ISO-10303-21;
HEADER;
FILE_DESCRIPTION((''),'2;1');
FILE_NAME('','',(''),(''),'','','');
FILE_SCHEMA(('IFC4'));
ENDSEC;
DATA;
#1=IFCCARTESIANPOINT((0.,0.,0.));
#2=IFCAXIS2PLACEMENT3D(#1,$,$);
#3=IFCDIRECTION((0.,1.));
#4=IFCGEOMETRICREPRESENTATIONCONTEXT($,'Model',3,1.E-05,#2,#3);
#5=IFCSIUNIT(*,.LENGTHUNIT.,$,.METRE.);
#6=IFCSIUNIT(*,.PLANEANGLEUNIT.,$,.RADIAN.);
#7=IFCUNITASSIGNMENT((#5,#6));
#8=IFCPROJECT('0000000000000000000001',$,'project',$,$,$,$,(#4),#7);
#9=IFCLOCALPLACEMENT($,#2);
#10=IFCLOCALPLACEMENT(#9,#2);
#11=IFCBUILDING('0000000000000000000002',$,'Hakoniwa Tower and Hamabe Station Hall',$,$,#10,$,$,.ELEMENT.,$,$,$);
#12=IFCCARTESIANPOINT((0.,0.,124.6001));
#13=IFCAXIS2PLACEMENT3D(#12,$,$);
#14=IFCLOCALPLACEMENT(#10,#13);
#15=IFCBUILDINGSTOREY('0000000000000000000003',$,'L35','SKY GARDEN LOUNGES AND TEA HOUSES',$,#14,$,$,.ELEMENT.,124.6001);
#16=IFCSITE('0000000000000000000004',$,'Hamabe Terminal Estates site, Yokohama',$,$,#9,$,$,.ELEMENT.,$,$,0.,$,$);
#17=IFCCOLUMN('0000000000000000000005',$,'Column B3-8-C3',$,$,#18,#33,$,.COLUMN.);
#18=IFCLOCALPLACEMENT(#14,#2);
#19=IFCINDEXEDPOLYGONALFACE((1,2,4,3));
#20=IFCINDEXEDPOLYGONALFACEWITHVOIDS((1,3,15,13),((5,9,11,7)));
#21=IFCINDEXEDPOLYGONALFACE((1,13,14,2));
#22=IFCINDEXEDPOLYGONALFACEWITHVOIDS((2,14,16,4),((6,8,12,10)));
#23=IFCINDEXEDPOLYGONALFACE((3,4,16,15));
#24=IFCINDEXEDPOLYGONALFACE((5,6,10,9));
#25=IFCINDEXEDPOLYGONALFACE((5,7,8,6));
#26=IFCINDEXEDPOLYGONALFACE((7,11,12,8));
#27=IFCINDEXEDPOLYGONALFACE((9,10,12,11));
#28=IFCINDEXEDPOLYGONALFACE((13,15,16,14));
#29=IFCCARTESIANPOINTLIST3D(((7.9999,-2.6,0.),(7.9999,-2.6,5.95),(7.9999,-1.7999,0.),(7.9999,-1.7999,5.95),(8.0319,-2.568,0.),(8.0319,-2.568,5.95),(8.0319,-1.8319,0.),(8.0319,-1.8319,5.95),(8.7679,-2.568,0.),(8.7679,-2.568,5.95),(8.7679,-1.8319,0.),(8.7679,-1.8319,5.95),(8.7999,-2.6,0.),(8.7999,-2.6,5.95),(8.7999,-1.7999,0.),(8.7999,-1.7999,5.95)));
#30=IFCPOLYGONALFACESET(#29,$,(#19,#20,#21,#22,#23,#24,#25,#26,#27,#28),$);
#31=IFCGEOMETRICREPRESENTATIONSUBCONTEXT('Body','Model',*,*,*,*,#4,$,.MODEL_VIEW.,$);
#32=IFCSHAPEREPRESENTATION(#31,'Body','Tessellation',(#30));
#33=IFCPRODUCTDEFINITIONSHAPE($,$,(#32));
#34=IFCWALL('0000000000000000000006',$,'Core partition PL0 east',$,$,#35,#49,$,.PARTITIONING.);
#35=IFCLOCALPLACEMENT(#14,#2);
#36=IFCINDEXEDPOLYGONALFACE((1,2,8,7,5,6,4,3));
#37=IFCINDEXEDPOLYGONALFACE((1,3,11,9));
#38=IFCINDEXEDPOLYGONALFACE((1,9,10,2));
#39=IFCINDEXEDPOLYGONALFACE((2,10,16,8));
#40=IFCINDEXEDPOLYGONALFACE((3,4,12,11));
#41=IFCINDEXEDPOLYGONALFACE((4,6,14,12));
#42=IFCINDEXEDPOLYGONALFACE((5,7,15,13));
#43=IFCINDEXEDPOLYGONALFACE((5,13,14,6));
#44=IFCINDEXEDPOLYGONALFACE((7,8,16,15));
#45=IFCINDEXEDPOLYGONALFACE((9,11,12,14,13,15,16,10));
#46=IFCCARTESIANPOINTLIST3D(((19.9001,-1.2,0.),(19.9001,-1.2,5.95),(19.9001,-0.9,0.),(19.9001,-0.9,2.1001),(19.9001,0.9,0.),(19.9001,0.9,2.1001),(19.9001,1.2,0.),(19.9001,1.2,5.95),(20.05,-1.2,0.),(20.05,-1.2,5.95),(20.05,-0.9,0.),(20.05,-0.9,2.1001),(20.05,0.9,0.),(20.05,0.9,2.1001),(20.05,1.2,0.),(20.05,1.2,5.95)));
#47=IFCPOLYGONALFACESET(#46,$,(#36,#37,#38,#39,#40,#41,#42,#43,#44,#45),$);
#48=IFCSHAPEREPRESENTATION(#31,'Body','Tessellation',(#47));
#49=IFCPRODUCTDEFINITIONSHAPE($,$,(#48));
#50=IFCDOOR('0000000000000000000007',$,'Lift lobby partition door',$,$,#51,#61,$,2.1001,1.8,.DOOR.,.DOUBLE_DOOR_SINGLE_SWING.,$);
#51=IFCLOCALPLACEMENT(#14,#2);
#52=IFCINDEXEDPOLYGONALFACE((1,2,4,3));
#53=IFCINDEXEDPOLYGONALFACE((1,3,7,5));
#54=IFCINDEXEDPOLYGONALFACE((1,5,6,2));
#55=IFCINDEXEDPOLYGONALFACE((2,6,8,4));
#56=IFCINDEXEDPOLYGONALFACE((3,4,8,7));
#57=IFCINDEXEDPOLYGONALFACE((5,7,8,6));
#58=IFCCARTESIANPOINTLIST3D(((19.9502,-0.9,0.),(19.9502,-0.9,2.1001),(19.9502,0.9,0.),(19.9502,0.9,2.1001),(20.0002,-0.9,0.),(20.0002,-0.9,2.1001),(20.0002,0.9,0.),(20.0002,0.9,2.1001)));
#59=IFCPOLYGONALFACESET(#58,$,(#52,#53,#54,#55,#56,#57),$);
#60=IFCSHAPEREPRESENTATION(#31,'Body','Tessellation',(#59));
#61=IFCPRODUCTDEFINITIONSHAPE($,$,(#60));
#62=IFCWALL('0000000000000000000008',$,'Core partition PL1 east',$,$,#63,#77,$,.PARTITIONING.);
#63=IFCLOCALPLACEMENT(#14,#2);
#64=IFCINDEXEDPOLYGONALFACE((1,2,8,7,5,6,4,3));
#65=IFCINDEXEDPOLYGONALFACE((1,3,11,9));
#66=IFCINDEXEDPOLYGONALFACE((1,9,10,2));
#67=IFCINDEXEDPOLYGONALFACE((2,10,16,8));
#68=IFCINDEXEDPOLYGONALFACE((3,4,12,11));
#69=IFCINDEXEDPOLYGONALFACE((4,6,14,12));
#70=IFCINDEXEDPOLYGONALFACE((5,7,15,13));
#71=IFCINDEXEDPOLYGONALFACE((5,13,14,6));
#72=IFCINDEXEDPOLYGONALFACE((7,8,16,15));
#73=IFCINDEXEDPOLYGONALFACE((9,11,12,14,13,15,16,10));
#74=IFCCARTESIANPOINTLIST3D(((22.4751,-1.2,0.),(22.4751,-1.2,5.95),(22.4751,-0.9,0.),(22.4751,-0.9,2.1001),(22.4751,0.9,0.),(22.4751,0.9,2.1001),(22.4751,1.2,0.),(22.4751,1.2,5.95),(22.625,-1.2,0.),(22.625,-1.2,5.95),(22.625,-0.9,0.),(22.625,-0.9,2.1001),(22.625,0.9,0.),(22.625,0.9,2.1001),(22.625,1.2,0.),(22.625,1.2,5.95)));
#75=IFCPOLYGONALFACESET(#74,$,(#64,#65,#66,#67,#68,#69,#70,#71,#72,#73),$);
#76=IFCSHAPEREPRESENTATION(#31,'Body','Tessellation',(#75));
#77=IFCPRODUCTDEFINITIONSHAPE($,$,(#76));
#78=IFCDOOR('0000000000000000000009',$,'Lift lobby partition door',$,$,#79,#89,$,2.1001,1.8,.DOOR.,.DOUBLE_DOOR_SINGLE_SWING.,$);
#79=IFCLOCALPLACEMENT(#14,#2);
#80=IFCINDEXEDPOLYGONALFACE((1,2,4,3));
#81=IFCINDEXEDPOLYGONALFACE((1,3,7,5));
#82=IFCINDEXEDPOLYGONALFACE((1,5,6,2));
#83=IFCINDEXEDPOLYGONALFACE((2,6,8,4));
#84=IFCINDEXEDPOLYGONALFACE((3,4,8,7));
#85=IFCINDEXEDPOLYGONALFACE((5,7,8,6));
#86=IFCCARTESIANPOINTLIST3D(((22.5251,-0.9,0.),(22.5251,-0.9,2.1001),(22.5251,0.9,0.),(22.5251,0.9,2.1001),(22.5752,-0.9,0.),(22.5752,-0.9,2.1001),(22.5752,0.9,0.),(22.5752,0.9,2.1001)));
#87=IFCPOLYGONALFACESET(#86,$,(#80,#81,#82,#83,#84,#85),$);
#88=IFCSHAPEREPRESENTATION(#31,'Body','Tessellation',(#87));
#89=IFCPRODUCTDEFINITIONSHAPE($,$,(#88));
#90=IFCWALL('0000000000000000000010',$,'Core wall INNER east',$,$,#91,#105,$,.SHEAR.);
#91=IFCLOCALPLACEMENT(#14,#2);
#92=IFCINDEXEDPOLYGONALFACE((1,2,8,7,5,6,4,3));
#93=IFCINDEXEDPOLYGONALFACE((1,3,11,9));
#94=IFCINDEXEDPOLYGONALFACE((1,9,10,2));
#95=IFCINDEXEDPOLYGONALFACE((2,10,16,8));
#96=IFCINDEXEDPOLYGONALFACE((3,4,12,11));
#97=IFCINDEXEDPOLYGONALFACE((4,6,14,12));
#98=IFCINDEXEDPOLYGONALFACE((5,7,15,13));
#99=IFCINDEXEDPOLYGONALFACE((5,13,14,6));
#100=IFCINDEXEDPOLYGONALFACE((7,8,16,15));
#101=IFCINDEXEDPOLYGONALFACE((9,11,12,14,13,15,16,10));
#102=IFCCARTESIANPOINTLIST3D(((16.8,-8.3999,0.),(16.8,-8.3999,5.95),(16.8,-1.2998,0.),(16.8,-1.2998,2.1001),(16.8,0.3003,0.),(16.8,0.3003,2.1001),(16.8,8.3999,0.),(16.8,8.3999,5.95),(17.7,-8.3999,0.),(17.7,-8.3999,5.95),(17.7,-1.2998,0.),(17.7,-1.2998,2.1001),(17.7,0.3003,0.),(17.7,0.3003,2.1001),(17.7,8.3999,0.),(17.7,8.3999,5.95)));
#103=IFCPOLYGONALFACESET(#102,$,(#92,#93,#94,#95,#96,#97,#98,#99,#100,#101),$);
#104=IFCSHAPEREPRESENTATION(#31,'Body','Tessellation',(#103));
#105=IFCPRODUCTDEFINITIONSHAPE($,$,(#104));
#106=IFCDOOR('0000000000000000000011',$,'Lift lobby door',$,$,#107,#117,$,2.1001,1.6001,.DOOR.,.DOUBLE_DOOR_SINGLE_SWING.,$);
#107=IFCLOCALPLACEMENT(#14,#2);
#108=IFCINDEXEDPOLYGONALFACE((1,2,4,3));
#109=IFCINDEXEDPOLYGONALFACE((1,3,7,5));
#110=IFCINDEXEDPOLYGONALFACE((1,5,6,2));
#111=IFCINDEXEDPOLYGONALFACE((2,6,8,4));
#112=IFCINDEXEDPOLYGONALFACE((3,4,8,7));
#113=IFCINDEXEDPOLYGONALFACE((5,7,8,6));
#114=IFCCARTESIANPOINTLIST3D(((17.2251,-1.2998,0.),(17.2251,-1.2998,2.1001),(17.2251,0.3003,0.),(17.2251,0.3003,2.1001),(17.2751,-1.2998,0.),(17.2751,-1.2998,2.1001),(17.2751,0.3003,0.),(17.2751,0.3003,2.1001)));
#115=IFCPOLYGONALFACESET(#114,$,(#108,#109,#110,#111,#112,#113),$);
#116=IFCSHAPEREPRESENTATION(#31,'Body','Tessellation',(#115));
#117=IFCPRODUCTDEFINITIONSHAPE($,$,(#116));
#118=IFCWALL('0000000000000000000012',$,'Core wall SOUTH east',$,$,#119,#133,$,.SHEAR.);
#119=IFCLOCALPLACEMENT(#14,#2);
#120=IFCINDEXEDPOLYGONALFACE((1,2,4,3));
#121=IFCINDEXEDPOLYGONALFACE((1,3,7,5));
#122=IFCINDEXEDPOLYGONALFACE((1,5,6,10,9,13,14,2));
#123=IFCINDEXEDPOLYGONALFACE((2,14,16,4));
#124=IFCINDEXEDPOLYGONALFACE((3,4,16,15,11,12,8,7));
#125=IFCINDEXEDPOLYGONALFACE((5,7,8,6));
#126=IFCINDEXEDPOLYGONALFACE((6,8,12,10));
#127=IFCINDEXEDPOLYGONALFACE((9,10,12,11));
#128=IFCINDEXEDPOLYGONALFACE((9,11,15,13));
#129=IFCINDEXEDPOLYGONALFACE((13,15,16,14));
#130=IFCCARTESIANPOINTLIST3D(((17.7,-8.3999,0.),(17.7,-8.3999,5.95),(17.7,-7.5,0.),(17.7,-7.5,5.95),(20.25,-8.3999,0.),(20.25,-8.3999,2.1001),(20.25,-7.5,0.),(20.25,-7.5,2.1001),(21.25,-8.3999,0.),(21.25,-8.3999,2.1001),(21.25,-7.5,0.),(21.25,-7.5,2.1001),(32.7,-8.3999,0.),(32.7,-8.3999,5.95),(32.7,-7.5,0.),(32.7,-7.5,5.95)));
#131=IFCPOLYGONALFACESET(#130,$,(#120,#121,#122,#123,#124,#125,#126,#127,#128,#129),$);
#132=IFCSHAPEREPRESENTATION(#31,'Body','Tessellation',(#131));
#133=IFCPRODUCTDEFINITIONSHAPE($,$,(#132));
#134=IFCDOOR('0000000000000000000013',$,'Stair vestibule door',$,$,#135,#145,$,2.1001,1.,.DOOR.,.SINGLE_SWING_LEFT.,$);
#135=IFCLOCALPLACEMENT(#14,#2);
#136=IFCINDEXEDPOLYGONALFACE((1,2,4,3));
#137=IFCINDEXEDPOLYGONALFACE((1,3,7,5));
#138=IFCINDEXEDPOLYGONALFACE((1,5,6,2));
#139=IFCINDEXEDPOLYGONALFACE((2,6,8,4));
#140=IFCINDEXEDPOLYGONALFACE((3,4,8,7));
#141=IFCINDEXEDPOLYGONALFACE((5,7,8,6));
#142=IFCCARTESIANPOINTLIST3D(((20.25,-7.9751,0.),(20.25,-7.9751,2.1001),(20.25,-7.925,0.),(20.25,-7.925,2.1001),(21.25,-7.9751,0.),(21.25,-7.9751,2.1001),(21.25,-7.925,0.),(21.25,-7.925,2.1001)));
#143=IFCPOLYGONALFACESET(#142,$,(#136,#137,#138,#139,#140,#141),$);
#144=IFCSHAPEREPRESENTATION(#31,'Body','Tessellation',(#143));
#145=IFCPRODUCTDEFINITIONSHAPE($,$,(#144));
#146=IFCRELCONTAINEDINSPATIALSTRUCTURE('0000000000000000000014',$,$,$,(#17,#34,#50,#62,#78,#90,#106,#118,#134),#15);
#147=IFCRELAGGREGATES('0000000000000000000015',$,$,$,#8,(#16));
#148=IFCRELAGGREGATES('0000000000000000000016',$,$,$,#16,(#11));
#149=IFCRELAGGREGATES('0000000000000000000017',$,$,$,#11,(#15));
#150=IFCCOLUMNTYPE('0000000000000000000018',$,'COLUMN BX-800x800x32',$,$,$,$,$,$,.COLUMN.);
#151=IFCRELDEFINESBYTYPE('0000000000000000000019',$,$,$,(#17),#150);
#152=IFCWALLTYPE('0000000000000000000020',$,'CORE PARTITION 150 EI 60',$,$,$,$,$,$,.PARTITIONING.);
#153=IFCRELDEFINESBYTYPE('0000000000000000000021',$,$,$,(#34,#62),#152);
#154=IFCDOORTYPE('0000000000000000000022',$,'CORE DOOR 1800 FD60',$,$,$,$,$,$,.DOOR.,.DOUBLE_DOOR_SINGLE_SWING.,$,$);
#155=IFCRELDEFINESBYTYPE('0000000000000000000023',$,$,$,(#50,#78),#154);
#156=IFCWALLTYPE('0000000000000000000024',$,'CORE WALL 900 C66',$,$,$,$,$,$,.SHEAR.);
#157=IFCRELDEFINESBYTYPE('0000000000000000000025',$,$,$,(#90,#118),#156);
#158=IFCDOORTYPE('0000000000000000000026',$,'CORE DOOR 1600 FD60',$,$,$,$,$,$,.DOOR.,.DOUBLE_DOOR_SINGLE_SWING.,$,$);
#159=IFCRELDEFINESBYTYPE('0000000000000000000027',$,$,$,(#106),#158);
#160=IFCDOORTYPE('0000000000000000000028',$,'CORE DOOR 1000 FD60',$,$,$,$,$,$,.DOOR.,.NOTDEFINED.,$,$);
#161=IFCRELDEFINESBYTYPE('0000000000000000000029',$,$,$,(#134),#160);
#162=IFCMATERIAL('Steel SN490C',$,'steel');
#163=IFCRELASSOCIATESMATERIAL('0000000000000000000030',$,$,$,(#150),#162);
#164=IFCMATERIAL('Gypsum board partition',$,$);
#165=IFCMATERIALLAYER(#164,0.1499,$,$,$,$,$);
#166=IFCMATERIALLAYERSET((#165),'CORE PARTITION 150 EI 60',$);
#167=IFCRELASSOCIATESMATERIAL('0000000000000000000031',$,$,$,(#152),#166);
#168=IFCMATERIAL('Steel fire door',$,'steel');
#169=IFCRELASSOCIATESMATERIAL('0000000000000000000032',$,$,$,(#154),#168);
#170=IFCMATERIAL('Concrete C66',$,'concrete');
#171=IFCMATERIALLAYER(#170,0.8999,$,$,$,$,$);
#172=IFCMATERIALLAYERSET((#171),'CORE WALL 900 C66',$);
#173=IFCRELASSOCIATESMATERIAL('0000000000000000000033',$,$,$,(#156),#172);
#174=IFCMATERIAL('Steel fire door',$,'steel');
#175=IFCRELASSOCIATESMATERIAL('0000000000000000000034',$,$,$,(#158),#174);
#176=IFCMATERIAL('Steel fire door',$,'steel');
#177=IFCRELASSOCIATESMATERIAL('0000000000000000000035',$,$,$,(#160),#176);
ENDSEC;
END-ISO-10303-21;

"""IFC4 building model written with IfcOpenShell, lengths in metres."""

from ifc_helpers import new_model, si_unit, direction, frame, frame_2d, origin, origin_2d, place, context, subcontext, project, spatial, rectangle, hollow_rectangle, extrude, material, layer, layer_set, material_profile, profile_set, type_object, element, fill, save


model = new_model("IFC4")

# Units and contexts
model_context = context("Model", 3, precision=1e-05, world=origin(), true_north=direction((0.0, 1.0)))
body_context = subcontext(model_context, "Body", "Model", "MODEL_VIEW")
ifc_project = project(units=[si_unit("LENGTHUNIT", "METRE"), si_unit("PLANEANGLEUNIT", "RADIAN")], contexts=[model_context])

# Site, building, storey
site_placement = place(None, origin())
site = spatial("IfcSite", under=ifc_project, at=site_placement, Name="Hamabe Terminal Estates site, Yokohama", CompositionType="ELEMENT", RefElevation=0.0)
building_placement = place(site_placement, origin())
building = spatial("IfcBuilding", under=site, at=building_placement, Name="Hakoniwa Tower and Hamabe Station Hall", CompositionType="ELEMENT")
storey_placement = place(building_placement, frame((0.0, 0.0, 124.6001)))
storey = spatial("IfcBuildingStorey", under=building, at=storey_placement, Name="L35", Description="SKY GARDEN LOUNGES AND TEA HOUSES", CompositionType="ELEMENT", Elevation=124.6001)

# Column
ifc_material_1 = material(Name="Steel SN490C", Category="steel")
ifc_material_profile = material_profile(ifc_material_1, hollow_rectangle(XDim=0.8, YDim=0.8, WallThickness=0.032, at=origin_2d()), Name="BX-800x800x32")
ifc_profile_set = profile_set([ifc_material_profile], Name="Steel SN490C")
column_type = type_object("IfcColumnType", Name="COLUMN BX-800x800x32", PredefinedType="COLUMN", material=ifc_profile_set)
column_placement = place(storey_placement, frame((8.3999, -2.2, 0.0), z_axis=(0.0, 0.0, 1.0), x_axis=(1.0, 0.0, 0.0)))
element("IfcColumn", 1, at=column_placement, inside=storey, type_object=column_type, Name="Column B3-8-C3", PredefinedType="COLUMN", context=body_context, shape_type="SweptSolid", body=[
    extrude(hollow_rectangle(XDim=0.8, YDim=0.8, WallThickness=0.032, at=origin_2d()), origin(), (0.0, 0.0, 1.0), 5.95),
])

# Walls, openings, doors
ifc_material_2 = material(Name="Gypsum board partition")
ifc_layer_1 = layer(ifc_material_2, 0.1499)
ifc_layer_set_1 = layer_set([ifc_layer_1], Name="CORE PARTITION 150 EI 60")
wall_type_1 = type_object("IfcWallType", Name="CORE PARTITION 150 EI 60", PredefinedType="PARTITIONING", material=ifc_layer_set_1)
wall_1_placement = place(storey_placement, frame((19.9751, -1.2, 0.0), z_axis=(0.0, 0.0, 1.0), x_axis=(0.0, 1.0, 0.0)))
wall_1 = element("IfcWall", 2, at=wall_1_placement, inside=storey, type_object=wall_type_1, Name="Core partition PL0 east", PredefinedType="PARTITIONING", context=body_context, shape_type="SweptSolid", body=[
    extrude(rectangle(XDim=2.3999, YDim=0.1499, at=frame_2d((1.2, 0.0))), origin(), (0.0, 0.0, 1.0), 5.95),
])
opening_1_placement = place(wall_1_placement, frame((0.3, 0.0, 0.0)))
opening_1 = element("IfcOpeningElement", 3, at=opening_1_placement, cuts=wall_1, PredefinedType="OPENING", context=body_context, shape_type="SweptSolid", body=[
    extrude(rectangle(XDim=1.8, YDim=2.1001, at=frame_2d((0.8999, 1.05))), frame((0.0, 0.085, 0.0), z_axis=(0.0, -1.0, 0.0), x_axis=(1.0, 0.0, 0.0)), (0.0, 0.0, 1.0), 0.1699),
])
ifc_material_3 = material(Name="Steel fire door", Category="steel")
door_type_1 = type_object("IfcDoorType", Name="CORE DOOR 1800 FD60", OperationType="DOUBLE_DOOR_SINGLE_SWING", PredefinedType="DOOR", material=ifc_material_3)
door_1_placement = place(opening_1_placement, origin())
door_1 = element("IfcDoor", 4, at=door_1_placement, inside=storey, type_object=door_type_1, Name="Lift lobby partition door", OperationType="DOUBLE_DOOR_SINGLE_SWING", OverallHeight=2.1001, OverallWidth=1.8, PredefinedType="DOOR", context=body_context, shape_type="SweptSolid", body=[
    extrude(rectangle(XDim=1.8, YDim=2.1001, at=frame_2d((0.8999, 1.05))), frame((0.0, 0.0249, 0.0), z_axis=(0.0, -1.0, 0.0), x_axis=(1.0, 0.0, 0.0)), (0.0, 0.0, 1.0), 0.05),
])
fill(opening_1, door_1)
wall_2_placement = place(storey_placement, frame((22.55, -1.2, 0.0), z_axis=(0.0, 0.0, 1.0), x_axis=(0.0, 1.0, 0.0)))
wall_2 = element("IfcWall", 5, at=wall_2_placement, inside=storey, type_object=wall_type_1, Name="Core partition PL1 east", PredefinedType="PARTITIONING", context=body_context, shape_type="SweptSolid", body=[
    extrude(rectangle(XDim=2.3999, YDim=0.1499, at=frame_2d((1.2, 0.0))), origin(), (0.0, 0.0, 1.0), 5.95),
])
opening_2_placement = place(wall_2_placement, frame((0.3, 0.0, 0.0)))
opening_2 = element("IfcOpeningElement", 6, at=opening_2_placement, cuts=wall_2, PredefinedType="OPENING", context=body_context, shape_type="SweptSolid", body=[
    extrude(rectangle(XDim=1.8, YDim=2.1001, at=frame_2d((0.8999, 1.05))), frame((0.0, 0.085, 0.0), z_axis=(0.0, -1.0, 0.0), x_axis=(1.0, 0.0, 0.0)), (0.0, 0.0, 1.0), 0.1699),
])
door_2_placement = place(opening_2_placement, origin())
door_2 = element("IfcDoor", 7, at=door_2_placement, inside=storey, type_object=door_type_1, Name="Lift lobby partition door", OperationType="DOUBLE_DOOR_SINGLE_SWING", OverallHeight=2.1001, OverallWidth=1.8, PredefinedType="DOOR", context=body_context, shape_type="SweptSolid", body=[
    extrude(rectangle(XDim=1.8, YDim=2.1001, at=frame_2d((0.8999, 1.05))), frame((0.0, 0.0249, 0.0), z_axis=(0.0, -1.0, 0.0), x_axis=(1.0, 0.0, 0.0)), (0.0, 0.0, 1.0), 0.05),
])
fill(opening_2, door_2)
ifc_material_4 = material(Name="Concrete C66", Category="concrete")
ifc_layer_2 = layer(ifc_material_4, 0.8999)
ifc_layer_set_2 = layer_set([ifc_layer_2], Name="CORE WALL 900 C66")
wall_type_2 = type_object("IfcWallType", Name="CORE WALL 900 C66", PredefinedType="SHEAR", material=ifc_layer_set_2)
wall_3_placement = place(storey_placement, frame((17.25, -8.3999, 0.0), z_axis=(0.0, 0.0, 1.0), x_axis=(0.0, 1.0, 0.0)))
wall_3 = element("IfcWall", 8, at=wall_3_placement, inside=storey, type_object=wall_type_2, Name="Core wall INNER east", PredefinedType="SHEAR", context=body_context, shape_type="SweptSolid", body=[
    extrude(rectangle(XDim=16.7998, YDim=0.8999, at=frame_2d((8.3999, 0.0))), origin(), (0.0, 0.0, 1.0), 5.95),
])
opening_3_placement = place(wall_3_placement, frame((7.1001, 0.0, 0.0)))
opening_3 = element("IfcOpeningElement", 9, at=opening_3_placement, cuts=wall_3, PredefinedType="OPENING", context=body_context, shape_type="SweptSolid", body=[
    extrude(rectangle(XDim=1.6001, YDim=2.1001, at=frame_2d((0.8, 1.05))), frame((0.0, 0.46, 0.0), z_axis=(0.0, -1.0, 0.0), x_axis=(1.0, 0.0, 0.0)), (0.0, 0.0, 1.0), 0.9199),
])
ifc_material_5 = material(Name="Steel fire door", Category="steel")
door_type_2 = type_object("IfcDoorType", Name="CORE DOOR 1600 FD60", OperationType="DOUBLE_DOOR_SINGLE_SWING", PredefinedType="DOOR", material=ifc_material_5)
door_3_placement = place(opening_3_placement, origin())
door_3 = element("IfcDoor", 10, at=door_3_placement, inside=storey, type_object=door_type_2, Name="Lift lobby door", OperationType="DOUBLE_DOOR_SINGLE_SWING", OverallHeight=2.1001, OverallWidth=1.6001, PredefinedType="DOOR", context=body_context, shape_type="SweptSolid", body=[
    extrude(rectangle(XDim=1.6001, YDim=2.1001, at=frame_2d((0.8, 1.05))), frame((0.0, 0.0249, 0.0), z_axis=(0.0, -1.0, 0.0), x_axis=(1.0, 0.0, 0.0)), (0.0, 0.0, 1.0), 0.05),
])
fill(opening_3, door_3)
wall_4_placement = place(storey_placement, frame((17.7, -7.95, 0.0), z_axis=(0.0, 0.0, 1.0), x_axis=(1.0, 0.0, 0.0)))
wall_4 = element("IfcWall", 11, at=wall_4_placement, inside=storey, type_object=wall_type_2, Name="Core wall SOUTH east", PredefinedType="SHEAR", context=body_context, shape_type="SweptSolid", body=[
    extrude(rectangle(XDim=15.0, YDim=0.8999, at=frame_2d((7.5, 0.0))), origin(), (0.0, 0.0, 1.0), 5.95),
])
opening_4_placement = place(wall_4_placement, frame((2.55, 0.0, 0.0)))
opening_4 = element("IfcOpeningElement", 12, at=opening_4_placement, cuts=wall_4, PredefinedType="OPENING", context=body_context, shape_type="SweptSolid", body=[
    extrude(rectangle(XDim=1.0, YDim=2.1001, at=frame_2d((0.5, 1.05))), frame((0.0, 0.46, 0.0), z_axis=(0.0, -1.0, 0.0), x_axis=(1.0, 0.0, 0.0)), (0.0, 0.0, 1.0), 0.9199),
])
ifc_material_6 = material(Name="Steel fire door", Category="steel")
door_type_3 = type_object("IfcDoorType", Name="CORE DOOR 1000 FD60", OperationType="NOTDEFINED", PredefinedType="DOOR", material=ifc_material_6)
door_4_placement = place(opening_4_placement, origin())
door_4 = element("IfcDoor", 13, at=door_4_placement, inside=storey, type_object=door_type_3, Name="Stair vestibule door", OperationType="SINGLE_SWING_LEFT", OverallHeight=2.1001, OverallWidth=1.0, PredefinedType="DOOR", context=body_context, shape_type="SweptSolid", body=[
    extrude(rectangle(XDim=1.0, YDim=2.1001, at=frame_2d((0.5, 1.05))), frame((0.0, 0.0249, 0.0), z_axis=(0.0, -1.0, 0.0), x_axis=(1.0, 0.0, 0.0)), (0.0, 0.0, 1.0), 0.05),
])
fill(opening_4, door_4)

save(model, "model.ifc")
